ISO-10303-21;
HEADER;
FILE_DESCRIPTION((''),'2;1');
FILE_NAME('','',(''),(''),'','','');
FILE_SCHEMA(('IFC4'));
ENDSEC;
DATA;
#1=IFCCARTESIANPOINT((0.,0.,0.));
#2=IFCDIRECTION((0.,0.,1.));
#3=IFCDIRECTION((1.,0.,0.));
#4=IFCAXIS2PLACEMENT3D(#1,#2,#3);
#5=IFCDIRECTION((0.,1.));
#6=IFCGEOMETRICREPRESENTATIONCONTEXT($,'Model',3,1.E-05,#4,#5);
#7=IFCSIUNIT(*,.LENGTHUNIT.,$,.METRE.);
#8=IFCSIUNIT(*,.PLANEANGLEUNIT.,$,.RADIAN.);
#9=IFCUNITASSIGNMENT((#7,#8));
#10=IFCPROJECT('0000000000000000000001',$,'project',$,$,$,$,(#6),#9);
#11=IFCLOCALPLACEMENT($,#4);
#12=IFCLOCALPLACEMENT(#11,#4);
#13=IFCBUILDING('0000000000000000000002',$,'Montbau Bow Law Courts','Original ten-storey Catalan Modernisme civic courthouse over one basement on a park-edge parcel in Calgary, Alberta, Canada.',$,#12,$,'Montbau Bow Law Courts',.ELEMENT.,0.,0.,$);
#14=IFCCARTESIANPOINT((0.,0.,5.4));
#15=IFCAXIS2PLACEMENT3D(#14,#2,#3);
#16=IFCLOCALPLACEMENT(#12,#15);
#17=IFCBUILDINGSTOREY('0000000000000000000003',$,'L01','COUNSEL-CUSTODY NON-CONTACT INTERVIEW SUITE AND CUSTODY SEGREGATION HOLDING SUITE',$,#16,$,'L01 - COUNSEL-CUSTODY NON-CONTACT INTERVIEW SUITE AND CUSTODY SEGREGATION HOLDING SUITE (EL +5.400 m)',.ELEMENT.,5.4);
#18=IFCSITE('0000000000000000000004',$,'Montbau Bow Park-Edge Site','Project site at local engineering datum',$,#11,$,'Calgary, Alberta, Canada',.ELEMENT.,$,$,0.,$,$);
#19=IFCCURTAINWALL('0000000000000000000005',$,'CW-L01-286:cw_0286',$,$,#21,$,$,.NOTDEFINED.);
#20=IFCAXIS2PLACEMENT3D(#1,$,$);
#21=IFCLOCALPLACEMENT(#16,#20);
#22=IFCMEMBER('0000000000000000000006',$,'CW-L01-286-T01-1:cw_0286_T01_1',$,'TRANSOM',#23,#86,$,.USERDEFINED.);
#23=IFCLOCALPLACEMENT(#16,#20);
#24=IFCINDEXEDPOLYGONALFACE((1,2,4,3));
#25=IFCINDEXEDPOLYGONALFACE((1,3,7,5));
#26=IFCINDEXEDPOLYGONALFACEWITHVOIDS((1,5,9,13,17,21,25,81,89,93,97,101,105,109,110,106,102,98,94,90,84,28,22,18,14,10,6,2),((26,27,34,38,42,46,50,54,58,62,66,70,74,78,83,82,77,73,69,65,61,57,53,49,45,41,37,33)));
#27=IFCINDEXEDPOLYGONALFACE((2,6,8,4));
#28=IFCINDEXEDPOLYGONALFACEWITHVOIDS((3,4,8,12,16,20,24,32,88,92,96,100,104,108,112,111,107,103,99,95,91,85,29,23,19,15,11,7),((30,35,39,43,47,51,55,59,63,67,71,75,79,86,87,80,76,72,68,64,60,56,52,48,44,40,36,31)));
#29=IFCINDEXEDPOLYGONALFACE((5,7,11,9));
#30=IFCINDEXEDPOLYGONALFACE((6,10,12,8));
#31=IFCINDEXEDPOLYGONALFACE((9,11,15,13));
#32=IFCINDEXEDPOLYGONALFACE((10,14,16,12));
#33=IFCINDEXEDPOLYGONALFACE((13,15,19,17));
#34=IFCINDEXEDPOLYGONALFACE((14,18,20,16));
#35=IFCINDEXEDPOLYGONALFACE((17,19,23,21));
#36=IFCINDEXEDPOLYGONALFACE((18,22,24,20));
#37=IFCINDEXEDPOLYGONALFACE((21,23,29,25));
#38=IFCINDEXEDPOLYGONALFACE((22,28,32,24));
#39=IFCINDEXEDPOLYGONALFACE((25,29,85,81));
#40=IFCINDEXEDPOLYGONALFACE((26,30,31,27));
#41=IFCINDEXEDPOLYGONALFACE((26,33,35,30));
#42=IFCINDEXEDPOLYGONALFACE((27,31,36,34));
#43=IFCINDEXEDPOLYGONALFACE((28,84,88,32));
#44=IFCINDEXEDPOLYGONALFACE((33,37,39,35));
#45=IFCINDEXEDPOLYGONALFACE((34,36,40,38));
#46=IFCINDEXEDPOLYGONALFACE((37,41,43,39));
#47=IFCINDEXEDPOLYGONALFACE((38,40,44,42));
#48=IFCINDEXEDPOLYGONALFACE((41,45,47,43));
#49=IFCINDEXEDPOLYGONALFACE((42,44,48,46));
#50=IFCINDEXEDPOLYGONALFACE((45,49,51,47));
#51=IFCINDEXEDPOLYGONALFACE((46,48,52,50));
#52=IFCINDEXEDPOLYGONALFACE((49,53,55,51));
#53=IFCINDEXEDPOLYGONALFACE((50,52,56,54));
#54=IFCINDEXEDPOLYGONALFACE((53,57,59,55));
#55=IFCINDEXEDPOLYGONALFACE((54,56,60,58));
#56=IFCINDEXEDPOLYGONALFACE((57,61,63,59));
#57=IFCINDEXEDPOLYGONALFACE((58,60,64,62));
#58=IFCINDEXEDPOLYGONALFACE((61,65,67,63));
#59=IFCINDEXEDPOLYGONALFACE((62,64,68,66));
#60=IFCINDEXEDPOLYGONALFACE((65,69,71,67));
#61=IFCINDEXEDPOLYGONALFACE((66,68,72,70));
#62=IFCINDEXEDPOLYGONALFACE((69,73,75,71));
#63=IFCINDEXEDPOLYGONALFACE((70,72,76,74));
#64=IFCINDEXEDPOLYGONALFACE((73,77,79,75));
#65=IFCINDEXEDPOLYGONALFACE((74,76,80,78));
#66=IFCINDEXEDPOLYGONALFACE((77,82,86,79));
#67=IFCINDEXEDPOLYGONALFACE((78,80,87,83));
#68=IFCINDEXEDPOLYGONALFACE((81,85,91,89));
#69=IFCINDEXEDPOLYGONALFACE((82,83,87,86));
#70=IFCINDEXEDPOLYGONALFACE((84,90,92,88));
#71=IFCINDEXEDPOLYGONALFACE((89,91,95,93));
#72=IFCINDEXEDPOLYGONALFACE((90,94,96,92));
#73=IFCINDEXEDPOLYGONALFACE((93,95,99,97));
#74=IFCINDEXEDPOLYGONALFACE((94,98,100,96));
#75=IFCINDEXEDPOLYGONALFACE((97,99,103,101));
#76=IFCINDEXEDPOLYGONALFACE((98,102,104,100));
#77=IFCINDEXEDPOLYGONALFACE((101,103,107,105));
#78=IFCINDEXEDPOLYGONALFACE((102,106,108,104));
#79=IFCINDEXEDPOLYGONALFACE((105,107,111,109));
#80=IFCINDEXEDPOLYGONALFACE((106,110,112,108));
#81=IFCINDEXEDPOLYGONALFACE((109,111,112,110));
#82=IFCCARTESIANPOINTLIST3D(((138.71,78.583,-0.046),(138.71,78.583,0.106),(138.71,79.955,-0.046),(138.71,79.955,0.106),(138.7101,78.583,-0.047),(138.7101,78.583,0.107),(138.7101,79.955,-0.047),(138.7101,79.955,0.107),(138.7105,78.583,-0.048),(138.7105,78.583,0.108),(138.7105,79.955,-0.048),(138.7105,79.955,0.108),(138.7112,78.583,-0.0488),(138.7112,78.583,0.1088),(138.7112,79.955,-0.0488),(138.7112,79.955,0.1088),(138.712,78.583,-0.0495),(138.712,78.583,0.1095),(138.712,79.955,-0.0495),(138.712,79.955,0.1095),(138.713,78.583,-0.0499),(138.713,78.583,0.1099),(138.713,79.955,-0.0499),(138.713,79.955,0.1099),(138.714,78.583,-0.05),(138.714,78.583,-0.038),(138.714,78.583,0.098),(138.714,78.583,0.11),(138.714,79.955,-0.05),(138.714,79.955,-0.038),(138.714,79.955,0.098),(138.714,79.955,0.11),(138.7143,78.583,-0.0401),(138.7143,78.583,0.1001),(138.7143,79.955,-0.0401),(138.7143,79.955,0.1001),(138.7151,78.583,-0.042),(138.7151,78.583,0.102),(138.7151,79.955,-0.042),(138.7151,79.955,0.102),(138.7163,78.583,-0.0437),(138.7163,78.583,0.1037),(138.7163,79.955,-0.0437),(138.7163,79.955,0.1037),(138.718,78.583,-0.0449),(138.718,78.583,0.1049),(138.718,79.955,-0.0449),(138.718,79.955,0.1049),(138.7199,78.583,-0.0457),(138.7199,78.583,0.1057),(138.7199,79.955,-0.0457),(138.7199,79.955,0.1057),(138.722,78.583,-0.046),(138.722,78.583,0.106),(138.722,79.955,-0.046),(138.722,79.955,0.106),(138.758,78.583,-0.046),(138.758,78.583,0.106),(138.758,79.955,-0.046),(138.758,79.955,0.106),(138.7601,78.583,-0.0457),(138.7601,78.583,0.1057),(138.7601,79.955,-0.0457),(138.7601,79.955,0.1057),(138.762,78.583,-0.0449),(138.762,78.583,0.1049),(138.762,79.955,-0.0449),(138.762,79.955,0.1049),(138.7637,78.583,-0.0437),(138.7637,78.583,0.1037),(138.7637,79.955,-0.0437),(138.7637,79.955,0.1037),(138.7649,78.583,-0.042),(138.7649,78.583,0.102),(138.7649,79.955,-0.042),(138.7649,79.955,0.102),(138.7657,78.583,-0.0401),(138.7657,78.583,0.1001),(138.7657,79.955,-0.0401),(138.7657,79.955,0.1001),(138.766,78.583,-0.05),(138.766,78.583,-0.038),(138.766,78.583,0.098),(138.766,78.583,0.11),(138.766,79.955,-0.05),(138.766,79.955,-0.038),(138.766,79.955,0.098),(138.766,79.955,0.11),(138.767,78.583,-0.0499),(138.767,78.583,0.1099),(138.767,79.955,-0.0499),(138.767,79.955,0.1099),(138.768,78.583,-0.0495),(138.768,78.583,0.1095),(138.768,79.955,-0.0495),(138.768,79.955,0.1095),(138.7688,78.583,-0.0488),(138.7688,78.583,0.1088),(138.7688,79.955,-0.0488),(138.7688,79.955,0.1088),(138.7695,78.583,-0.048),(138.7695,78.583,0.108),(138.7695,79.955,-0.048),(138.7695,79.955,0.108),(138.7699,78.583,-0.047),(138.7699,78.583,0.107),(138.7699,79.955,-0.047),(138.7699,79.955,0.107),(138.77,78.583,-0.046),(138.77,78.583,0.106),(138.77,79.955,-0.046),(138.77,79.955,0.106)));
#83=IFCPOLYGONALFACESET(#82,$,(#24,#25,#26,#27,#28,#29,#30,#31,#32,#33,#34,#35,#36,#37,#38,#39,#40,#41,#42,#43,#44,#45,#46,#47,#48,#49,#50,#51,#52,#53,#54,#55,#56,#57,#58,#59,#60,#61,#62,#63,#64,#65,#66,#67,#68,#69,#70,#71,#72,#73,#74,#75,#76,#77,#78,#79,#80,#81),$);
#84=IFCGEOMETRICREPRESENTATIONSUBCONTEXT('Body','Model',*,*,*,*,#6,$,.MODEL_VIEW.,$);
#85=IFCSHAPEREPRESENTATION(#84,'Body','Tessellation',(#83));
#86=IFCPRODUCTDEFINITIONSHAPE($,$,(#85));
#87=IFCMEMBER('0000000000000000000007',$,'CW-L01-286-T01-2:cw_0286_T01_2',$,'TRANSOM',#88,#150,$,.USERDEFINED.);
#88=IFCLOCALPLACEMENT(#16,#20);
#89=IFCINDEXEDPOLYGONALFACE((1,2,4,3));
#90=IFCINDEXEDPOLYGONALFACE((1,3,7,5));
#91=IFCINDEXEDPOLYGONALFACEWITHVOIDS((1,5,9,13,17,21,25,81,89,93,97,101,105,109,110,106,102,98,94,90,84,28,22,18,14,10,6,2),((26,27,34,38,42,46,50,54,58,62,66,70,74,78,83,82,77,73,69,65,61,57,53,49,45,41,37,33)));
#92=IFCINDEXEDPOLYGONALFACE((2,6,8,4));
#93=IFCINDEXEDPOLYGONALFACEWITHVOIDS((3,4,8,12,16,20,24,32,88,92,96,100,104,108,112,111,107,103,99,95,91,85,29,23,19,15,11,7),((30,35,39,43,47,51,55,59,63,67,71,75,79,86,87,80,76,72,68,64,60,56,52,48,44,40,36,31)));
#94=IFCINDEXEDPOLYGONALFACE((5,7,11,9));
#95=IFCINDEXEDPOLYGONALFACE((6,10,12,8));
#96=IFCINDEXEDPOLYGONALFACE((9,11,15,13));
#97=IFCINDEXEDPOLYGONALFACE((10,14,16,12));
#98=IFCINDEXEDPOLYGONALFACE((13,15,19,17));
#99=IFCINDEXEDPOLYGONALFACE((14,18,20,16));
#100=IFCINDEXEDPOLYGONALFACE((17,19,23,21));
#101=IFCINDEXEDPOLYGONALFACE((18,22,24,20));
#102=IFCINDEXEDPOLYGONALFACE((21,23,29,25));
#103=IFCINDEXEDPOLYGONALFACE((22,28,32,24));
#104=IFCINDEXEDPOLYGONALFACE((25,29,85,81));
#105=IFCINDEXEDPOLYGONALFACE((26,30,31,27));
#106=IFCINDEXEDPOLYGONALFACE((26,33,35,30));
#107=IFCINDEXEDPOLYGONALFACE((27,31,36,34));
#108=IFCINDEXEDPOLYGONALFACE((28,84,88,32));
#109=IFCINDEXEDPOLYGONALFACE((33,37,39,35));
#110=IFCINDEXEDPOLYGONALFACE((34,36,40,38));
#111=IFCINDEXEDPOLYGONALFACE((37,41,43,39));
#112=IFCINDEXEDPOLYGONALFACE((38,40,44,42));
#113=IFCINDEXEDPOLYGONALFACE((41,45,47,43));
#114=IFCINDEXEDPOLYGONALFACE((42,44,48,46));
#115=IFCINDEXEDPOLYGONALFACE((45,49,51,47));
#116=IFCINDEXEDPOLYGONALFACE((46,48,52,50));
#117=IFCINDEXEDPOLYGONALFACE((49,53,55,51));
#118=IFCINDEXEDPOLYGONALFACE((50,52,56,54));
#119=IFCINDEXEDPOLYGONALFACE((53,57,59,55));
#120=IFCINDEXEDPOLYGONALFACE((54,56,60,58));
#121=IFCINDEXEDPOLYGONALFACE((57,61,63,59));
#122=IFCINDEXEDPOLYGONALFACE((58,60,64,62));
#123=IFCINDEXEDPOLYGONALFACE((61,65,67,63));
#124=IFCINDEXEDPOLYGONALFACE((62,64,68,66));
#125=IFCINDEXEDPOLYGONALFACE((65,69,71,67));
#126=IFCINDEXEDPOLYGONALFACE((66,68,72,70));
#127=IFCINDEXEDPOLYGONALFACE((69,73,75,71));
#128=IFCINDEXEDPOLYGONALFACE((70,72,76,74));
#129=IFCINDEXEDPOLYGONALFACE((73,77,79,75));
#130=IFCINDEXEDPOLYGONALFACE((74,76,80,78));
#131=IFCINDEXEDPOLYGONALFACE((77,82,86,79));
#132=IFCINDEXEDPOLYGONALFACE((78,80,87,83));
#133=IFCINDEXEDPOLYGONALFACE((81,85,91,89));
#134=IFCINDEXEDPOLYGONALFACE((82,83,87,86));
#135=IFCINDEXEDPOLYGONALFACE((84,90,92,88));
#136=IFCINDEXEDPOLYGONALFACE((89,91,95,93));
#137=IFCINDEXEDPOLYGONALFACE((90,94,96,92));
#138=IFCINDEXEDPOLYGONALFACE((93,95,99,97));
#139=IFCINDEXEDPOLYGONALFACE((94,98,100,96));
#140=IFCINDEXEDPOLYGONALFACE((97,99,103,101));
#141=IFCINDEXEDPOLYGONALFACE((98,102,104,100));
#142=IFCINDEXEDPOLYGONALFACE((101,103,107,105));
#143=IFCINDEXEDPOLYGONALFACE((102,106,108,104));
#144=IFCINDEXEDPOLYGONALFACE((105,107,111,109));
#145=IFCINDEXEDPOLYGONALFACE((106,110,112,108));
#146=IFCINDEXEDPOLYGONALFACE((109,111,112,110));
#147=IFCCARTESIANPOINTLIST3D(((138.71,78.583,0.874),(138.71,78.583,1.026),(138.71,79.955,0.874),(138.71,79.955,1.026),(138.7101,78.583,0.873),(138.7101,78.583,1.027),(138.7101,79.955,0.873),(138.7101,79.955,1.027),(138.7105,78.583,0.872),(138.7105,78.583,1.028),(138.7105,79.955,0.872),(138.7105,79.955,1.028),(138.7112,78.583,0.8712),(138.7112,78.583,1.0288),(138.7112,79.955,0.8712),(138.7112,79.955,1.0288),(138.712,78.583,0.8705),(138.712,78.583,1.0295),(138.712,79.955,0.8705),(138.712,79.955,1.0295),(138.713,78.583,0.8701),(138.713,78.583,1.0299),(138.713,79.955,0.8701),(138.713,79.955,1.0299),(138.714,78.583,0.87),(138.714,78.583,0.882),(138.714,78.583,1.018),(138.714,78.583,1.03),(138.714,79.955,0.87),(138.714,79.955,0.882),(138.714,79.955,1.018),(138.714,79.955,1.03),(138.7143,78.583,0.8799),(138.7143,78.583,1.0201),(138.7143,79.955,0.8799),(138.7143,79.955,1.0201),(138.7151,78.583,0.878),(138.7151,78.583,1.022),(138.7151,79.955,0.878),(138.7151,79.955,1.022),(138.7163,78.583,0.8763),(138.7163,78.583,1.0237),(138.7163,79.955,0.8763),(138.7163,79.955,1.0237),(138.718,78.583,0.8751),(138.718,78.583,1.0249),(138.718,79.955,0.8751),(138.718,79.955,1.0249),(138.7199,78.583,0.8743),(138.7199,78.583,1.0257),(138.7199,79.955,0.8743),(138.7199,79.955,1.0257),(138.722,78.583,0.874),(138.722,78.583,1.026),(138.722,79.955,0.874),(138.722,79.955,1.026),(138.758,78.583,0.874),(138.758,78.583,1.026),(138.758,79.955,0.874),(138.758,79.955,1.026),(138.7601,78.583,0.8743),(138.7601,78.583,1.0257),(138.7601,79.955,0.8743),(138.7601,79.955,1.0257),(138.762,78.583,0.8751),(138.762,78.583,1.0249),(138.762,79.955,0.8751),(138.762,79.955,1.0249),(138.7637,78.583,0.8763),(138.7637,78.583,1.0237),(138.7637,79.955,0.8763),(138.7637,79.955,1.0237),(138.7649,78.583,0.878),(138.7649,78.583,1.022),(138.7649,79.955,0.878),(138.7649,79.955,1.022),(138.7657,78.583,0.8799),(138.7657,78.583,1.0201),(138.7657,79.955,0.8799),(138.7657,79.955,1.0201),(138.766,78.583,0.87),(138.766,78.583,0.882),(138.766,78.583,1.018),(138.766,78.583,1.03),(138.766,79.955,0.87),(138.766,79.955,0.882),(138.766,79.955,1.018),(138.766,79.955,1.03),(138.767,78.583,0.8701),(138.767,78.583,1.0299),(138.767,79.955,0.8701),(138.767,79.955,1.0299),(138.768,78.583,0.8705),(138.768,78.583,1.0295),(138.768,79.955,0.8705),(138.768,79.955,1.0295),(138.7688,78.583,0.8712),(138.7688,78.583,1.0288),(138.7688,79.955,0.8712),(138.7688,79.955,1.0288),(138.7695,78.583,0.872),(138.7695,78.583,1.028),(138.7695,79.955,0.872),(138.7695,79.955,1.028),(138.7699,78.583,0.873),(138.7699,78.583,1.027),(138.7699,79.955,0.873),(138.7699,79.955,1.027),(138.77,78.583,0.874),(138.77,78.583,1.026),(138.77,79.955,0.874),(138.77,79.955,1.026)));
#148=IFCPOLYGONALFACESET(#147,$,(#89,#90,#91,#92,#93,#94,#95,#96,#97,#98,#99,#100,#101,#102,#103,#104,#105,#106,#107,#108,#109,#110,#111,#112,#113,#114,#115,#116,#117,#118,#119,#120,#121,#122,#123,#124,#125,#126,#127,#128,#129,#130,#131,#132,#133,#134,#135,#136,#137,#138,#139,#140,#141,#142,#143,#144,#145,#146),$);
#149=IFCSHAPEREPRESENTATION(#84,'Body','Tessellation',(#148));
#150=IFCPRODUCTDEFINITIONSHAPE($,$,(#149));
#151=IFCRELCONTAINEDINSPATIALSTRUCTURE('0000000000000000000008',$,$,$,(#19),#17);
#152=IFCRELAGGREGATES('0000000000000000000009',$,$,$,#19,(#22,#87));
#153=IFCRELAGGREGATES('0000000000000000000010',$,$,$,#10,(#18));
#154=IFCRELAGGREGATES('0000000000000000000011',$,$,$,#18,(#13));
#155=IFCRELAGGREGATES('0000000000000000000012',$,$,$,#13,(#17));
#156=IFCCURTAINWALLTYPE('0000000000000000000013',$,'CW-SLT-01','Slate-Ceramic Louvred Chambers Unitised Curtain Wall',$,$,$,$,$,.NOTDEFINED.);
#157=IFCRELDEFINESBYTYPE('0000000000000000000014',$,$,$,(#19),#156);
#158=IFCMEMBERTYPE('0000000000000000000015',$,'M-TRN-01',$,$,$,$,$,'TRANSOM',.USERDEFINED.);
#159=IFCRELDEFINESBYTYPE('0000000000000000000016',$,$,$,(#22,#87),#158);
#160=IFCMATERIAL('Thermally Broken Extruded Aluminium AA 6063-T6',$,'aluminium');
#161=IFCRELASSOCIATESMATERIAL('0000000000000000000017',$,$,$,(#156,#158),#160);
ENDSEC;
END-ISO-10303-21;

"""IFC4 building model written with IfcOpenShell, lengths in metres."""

from ifc_helpers import new_model, si_unit, direction, frame, origin_with_axes, origin_2d_with_axis, place, context, subcontext, project, spatial, hollow_rectangle, extrude, material, material_profile, profile_set, type_object, element, aggregate, save


model = new_model("IFC4")

# Units and contexts
model_context = context("Model", 3, precision=1e-05, world=origin_with_axes(), true_north=direction((0.0, 1.0)))
body_context = subcontext(model_context, "Body", "Model", "MODEL_VIEW")
ifc_project = project(units=[si_unit("LENGTHUNIT", "METRE"), si_unit("PLANEANGLEUNIT", "RADIAN")], contexts=[model_context])

# Site, building, storey
site_placement = place(None, origin_with_axes())
site = spatial("IfcSite", under=ifc_project, at=site_placement, Name="Montbau Bow Park-Edge Site", Description="Project site at local engineering datum", LongName="Calgary, Alberta, Canada", CompositionType="ELEMENT", RefElevation=0.0)
building_placement = place(site_placement, origin_with_axes())
building = spatial("IfcBuilding", under=site, at=building_placement, Name="Montbau Bow Law Courts", Description="Original ten-storey Catalan Modernisme civic courthouse over one basement on a park-edge parcel in Calgary, Alberta, Canada.", LongName="Montbau Bow Law Courts", CompositionType="ELEMENT", ElevationOfRefHeight=0.0, ElevationOfTerrain=0.0)
storey_placement = place(building_placement, frame((0.0, 0.0, 5.4), z_axis=(0.0, 0.0, 1.0), x_axis=(1.0, 0.0, 0.0)))
storey = spatial("IfcBuildingStorey", under=building, at=storey_placement, Name="L01", Description="COUNSEL-CUSTODY NON-CONTACT INTERVIEW SUITE AND CUSTODY SEGREGATION HOLDING SUITE", LongName="L01 - COUNSEL-CUSTODY NON-CONTACT INTERVIEW SUITE AND CUSTODY SEGREGATION HOLDING SUITE (EL +5.400 m)", CompositionType="ELEMENT", Elevation=5.4)

# Curtain wall, members
ifc_material_1 = material(Name="Thermally Broken Extruded Aluminium AA 6063-T6", Category="aluminium")
curtain_wall_type = type_object("IfcCurtainWallType", Name="CW-SLT-01", Description="Slate-Ceramic Louvred Chambers Unitised Curtain Wall", PredefinedType="NOTDEFINED", material=ifc_material_1)
curtain_wall_1_placement = place(None, frame((138.74, 78.515, 5.4), z_axis=(0.0, 0.0, 1.0), x_axis=(1.0, 0.0, 0.0)))
curtain_wall_1 = element("IfcCurtainWall", 1, at=curtain_wall_1_placement, inside=storey, type_object=curtain_wall_type, Name="CW-L01-286:cw_0286", PredefinedType="NOTDEFINED")
ifc_material_profile_1 = material_profile(ifc_material_1, hollow_rectangle(XDim=0.06, YDim=0.16, WallThickness=0.004, InnerFilletRadius=0.008, OuterFilletRadius=0.004, at=origin_2d_with_axis()), Name="CWT-160X60", Category="Main", Priority=0)
ifc_profile_set_1 = profile_set([ifc_material_profile_1], Name="Thermally Broken Extruded Aluminium AA 6063-T6")
member_type_1 = type_object("IfcMemberType", Name="M-TRN-01", ElementType="TRANSOM", PredefinedType="USERDEFINED", material=ifc_profile_set_1)
member_1_placement = place(None, frame((138.74, 78.583, 5.43), z_axis=(0.0, 1.0, 0.0), x_axis=(-1.0, 0.0, 0.0)))
member_1 = element("IfcMember", 2, at=member_1_placement, type_object=member_type_1, Name="CW-L01-286-T01-1:cw_0286_T01_1", ObjectType="TRANSOM", PredefinedType="USERDEFINED", context=body_context, shape_type="SweptSolid", body=[
    extrude(hollow_rectangle(XDim=0.06, YDim=0.16, WallThickness=0.004, InnerFilletRadius=0.008, OuterFilletRadius=0.004, at=origin_2d_with_axis()), origin_with_axes(), (0.0, 0.0, 1.0), 1.372),
])
member_2_placement = place(None, frame((138.74, 78.583, 6.35), z_axis=(0.0, 1.0, 0.0), x_axis=(-1.0, 0.0, 0.0)))
member_2 = element("IfcMember", 3, at=member_2_placement, type_object=member_type_1, Name="CW-L01-286-T01-2:cw_0286_T01_2", ObjectType="TRANSOM", PredefinedType="USERDEFINED", context=body_context, shape_type="SweptSolid", body=[
    extrude(hollow_rectangle(XDim=0.06, YDim=0.16, WallThickness=0.004, InnerFilletRadius=0.008, OuterFilletRadius=0.004, at=origin_2d_with_axis()), origin_with_axes(), (0.0, 0.0, 1.0), 1.372),
])

aggregate(curtain_wall_1, [member_1, member_2])

save(model, "model.ifc")
